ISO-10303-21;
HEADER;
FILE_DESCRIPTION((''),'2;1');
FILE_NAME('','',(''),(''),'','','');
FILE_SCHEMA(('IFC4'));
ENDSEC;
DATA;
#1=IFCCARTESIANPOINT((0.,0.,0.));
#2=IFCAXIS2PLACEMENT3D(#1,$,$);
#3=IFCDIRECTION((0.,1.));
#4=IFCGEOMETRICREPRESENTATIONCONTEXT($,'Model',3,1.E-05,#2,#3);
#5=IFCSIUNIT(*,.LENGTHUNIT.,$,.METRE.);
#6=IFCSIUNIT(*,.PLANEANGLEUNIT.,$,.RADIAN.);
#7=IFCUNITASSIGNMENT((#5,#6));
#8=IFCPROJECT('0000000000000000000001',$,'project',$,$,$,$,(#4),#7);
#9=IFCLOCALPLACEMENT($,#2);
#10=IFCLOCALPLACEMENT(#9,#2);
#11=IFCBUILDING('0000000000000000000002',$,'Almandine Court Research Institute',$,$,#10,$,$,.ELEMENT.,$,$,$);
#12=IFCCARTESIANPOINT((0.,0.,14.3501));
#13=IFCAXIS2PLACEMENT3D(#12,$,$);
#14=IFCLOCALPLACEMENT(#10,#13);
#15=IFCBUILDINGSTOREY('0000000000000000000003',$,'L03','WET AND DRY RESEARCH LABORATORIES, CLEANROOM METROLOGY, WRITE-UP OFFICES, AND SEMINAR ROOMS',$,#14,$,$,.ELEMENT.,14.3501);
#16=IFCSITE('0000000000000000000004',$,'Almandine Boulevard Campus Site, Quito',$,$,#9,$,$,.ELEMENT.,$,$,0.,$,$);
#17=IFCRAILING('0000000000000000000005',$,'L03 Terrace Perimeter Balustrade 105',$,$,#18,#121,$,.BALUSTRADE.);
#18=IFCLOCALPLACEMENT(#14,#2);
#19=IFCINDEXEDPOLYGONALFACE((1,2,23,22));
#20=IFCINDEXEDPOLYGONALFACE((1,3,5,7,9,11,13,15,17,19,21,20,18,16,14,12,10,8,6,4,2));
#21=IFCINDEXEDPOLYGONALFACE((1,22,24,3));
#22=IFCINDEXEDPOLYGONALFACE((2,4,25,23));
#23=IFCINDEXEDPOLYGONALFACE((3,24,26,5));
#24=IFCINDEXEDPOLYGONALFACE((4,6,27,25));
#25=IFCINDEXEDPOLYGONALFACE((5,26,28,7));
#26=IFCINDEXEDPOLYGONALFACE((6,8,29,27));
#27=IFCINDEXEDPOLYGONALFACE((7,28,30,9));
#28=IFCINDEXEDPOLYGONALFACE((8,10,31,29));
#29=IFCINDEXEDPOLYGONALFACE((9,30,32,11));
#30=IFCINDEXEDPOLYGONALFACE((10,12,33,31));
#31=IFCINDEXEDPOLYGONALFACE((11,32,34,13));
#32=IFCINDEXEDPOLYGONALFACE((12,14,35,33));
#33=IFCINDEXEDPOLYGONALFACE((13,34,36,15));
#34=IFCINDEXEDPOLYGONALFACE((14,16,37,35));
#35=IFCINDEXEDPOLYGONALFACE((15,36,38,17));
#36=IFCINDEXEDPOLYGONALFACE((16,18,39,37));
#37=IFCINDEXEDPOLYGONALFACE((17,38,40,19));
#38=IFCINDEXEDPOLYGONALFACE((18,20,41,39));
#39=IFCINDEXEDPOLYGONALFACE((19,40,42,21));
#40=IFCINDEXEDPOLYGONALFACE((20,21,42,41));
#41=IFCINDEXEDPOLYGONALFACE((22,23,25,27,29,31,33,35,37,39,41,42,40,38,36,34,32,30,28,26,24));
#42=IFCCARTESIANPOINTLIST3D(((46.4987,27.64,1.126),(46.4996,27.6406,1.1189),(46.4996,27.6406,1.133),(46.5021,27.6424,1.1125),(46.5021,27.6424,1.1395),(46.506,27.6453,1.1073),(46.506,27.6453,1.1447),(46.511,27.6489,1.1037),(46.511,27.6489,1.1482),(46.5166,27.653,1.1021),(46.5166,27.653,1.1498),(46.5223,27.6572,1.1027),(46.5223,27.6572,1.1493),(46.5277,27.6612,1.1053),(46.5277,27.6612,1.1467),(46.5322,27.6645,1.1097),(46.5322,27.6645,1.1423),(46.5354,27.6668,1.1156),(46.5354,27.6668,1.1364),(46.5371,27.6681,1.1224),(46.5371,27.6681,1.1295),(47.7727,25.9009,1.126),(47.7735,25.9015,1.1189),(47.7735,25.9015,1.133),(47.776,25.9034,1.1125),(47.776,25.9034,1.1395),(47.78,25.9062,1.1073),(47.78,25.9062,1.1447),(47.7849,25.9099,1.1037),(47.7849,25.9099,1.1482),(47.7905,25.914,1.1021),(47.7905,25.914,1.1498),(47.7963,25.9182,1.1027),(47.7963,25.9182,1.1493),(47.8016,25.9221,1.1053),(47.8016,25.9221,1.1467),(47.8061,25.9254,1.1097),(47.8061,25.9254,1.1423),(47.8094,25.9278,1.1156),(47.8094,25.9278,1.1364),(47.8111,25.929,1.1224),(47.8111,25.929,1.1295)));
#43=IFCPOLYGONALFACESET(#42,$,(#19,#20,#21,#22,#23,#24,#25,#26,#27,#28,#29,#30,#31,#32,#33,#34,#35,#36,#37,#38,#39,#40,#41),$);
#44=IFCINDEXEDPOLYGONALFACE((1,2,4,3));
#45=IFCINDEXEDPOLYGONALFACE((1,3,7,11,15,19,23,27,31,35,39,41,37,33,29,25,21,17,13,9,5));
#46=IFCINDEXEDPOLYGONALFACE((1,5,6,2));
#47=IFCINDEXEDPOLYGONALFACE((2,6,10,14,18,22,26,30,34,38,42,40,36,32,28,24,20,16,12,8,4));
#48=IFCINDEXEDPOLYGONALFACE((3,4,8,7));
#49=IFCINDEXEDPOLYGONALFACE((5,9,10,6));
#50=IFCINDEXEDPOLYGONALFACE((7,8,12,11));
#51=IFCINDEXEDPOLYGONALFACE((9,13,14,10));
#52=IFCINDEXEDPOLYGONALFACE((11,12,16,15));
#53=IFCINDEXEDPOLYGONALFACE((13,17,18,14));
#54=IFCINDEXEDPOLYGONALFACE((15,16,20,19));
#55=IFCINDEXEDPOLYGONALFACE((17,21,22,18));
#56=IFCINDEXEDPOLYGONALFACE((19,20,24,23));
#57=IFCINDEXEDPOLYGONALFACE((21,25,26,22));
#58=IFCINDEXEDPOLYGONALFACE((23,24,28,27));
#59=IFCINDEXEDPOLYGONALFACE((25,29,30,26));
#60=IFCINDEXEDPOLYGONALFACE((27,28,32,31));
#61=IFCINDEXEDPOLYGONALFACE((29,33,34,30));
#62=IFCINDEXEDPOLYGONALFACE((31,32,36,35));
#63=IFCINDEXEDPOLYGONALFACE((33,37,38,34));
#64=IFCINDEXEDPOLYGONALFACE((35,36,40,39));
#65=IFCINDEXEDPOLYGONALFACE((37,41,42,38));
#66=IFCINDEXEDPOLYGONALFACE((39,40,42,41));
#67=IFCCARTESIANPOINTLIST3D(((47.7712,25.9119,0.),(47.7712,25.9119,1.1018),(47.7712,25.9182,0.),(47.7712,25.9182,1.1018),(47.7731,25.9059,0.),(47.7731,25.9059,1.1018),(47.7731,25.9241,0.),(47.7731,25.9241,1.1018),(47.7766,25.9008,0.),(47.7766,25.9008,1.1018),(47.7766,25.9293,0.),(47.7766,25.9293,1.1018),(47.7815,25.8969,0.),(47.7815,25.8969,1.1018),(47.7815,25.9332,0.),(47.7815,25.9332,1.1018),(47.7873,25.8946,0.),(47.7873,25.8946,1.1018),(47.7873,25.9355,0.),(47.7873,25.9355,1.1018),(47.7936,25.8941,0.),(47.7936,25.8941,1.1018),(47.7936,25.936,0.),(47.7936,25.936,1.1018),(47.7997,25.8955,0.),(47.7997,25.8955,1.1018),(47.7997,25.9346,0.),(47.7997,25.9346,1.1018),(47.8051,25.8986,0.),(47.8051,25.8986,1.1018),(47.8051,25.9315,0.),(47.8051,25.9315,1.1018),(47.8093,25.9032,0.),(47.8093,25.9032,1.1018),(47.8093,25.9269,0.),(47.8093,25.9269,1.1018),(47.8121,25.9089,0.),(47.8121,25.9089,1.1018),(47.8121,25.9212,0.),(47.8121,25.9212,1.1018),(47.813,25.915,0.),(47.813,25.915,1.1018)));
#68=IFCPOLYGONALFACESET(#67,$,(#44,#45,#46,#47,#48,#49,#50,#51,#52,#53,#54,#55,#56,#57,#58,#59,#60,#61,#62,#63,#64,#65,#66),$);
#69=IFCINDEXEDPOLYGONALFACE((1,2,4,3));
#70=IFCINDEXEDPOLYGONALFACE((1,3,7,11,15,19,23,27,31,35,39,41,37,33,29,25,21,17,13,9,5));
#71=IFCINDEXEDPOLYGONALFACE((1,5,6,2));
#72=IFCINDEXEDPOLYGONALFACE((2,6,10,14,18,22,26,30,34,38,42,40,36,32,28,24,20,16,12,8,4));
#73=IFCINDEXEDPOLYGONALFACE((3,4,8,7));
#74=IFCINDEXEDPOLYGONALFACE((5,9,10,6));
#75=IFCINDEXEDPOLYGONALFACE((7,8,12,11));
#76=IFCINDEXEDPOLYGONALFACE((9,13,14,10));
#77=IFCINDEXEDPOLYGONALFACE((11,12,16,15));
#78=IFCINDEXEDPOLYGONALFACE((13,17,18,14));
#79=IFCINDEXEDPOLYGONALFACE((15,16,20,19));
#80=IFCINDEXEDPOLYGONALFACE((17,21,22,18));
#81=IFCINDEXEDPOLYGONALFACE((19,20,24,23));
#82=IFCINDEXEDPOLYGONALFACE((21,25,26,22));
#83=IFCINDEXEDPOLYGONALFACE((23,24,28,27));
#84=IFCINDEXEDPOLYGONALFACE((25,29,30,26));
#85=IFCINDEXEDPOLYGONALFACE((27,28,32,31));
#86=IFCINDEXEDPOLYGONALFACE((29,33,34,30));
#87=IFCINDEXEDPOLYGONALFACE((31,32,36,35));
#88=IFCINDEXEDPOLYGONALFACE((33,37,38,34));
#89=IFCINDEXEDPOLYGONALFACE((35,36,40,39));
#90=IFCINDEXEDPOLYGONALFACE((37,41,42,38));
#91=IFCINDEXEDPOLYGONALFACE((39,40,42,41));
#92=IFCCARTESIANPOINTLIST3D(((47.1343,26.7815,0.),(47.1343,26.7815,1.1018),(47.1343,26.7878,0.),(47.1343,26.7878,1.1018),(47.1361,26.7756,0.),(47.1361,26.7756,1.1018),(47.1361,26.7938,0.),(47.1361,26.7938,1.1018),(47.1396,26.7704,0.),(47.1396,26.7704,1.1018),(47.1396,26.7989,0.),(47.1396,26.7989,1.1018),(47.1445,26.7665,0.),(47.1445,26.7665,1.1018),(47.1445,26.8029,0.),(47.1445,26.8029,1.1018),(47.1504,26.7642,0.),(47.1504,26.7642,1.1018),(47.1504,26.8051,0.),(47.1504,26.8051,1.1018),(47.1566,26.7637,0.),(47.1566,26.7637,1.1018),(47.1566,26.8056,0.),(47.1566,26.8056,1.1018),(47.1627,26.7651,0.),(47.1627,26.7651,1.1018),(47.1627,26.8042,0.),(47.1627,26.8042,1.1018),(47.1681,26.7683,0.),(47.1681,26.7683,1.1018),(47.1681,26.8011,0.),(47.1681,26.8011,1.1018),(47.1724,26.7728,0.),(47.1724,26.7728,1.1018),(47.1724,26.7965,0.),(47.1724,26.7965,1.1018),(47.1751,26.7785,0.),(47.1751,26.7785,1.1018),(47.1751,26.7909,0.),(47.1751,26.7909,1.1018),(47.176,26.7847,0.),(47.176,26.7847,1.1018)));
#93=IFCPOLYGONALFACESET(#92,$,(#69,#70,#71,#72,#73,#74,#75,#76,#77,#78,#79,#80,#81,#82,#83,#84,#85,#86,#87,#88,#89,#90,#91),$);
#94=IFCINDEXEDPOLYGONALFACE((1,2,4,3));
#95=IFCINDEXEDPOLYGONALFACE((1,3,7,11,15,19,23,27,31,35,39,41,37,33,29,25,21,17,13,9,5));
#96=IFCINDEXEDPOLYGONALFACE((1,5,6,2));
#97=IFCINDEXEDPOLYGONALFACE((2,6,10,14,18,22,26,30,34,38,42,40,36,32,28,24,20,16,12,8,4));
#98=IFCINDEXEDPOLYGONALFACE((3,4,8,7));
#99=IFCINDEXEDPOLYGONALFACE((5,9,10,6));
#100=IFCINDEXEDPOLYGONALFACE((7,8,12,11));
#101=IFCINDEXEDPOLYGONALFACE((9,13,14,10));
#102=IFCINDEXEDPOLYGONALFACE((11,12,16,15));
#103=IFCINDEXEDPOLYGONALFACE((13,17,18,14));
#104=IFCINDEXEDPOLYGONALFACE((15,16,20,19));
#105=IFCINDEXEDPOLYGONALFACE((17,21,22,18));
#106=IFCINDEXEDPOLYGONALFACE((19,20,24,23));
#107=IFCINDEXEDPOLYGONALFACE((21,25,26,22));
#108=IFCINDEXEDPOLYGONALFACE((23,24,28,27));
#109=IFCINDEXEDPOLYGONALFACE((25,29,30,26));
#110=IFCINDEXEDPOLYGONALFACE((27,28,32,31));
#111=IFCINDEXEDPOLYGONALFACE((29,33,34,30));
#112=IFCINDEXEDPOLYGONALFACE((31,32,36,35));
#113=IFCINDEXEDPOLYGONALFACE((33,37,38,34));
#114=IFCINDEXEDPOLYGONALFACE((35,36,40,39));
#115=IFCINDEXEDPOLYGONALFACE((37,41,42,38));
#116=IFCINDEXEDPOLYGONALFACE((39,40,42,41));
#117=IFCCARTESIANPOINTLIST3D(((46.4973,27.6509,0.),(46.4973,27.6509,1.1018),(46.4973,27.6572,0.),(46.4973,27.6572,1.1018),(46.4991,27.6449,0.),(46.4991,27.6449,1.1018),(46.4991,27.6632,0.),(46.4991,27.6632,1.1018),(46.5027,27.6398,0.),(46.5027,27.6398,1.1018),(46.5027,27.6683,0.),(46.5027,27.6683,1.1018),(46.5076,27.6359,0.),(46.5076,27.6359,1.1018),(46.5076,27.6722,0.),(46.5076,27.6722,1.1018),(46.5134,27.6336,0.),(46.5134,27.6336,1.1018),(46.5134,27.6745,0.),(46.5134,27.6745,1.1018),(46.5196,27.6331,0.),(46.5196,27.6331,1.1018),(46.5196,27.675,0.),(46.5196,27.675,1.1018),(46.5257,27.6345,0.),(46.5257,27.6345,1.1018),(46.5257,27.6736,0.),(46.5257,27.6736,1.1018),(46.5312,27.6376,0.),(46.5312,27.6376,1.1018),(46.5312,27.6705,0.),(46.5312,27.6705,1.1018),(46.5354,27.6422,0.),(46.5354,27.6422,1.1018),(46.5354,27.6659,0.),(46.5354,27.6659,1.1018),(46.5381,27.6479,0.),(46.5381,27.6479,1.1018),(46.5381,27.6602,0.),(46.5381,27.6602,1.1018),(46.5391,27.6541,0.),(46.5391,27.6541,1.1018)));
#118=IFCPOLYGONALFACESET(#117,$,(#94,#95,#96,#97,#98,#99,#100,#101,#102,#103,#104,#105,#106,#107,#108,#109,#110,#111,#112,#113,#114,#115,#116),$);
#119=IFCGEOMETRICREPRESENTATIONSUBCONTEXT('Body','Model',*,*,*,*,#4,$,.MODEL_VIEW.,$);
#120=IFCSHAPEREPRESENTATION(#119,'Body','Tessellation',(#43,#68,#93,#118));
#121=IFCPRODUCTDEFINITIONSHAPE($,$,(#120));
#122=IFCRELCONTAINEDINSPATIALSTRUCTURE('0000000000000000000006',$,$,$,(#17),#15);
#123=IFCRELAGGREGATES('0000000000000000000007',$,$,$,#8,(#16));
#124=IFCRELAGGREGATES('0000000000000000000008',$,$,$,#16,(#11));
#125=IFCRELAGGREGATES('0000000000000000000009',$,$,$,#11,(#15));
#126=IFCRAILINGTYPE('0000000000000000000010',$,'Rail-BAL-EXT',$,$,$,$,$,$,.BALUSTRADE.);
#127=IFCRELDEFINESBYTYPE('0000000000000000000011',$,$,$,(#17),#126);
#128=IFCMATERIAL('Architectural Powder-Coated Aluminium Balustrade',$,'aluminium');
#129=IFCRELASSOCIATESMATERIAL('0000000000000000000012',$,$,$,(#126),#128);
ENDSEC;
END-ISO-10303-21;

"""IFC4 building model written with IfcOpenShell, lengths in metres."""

from ifc_helpers import new_model, si_unit, direction, frame, origin, origin_2d, place, context, subcontext, project, spatial, circle, extrude, material, type_object, element, save


model = new_model("IFC4")

# Units and contexts
model_context = context("Model", 3, precision=1e-05, world=origin(), true_north=direction((0.0, 1.0)))
body_context = subcontext(model_context, "Body", "Model", "MODEL_VIEW")
ifc_project = project(units=[si_unit("LENGTHUNIT", "METRE"), si_unit("PLANEANGLEUNIT", "RADIAN")], contexts=[model_context])

# Site, building, storey
site_placement = place(None, origin())
site = spatial("IfcSite", under=ifc_project, at=site_placement, Name="Almandine Boulevard Campus Site, Quito", CompositionType="ELEMENT", RefElevation=0.0)
building_placement = place(site_placement, origin())
building = spatial("IfcBuilding", under=site, at=building_placement, Name="Almandine Court Research Institute", CompositionType="ELEMENT")
storey_placement = place(building_placement, frame((0.0, 0.0, 14.3501)))
storey = spatial("IfcBuildingStorey", under=building, at=storey_placement, Name="L03", Description="WET AND DRY RESEARCH LABORATORIES, CLEANROOM METROLOGY, WRITE-UP OFFICES, AND SEMINAR ROOMS", CompositionType="ELEMENT", Elevation=14.3501)

# Railing
ifc_material_1 = material(Name="Architectural Powder-Coated Aluminium Balustrade", Category="aluminium")
railing_type = type_object("IfcRailingType", Name="Rail-BAL-EXT", PredefinedType="BALUSTRADE", material=ifc_material_1)
railing_1_placement = place(storey_placement, frame((47.792, 25.915, 0.0)))
element("IfcRailing", 1, at=railing_1_placement, inside=storey, type_object=railing_type, Name="L03 Terrace Perimeter Balustrade 105", PredefinedType="BALUSTRADE", context=body_context, shape_type="SweptSolid", body=[
    extrude(circle(Radius=0.0239, at=origin_2d()), frame((0.0, 0.0, 1.126), z_axis=(-0.590956, 0.806704, 0.0), x_axis=(-0.806704, -0.590956, 0.0)), (0.0, 0.0, 1.0), 2.1558),
    extrude(circle(Radius=0.021, at=origin_2d()), origin(), (0.0, 0.0, 1.0), 1.1018),
    extrude(circle(Radius=0.021, at=origin_2d()), frame((-0.637, 0.8696, 0.0)), (0.0, 0.0, 1.0), 1.1018),
    extrude(circle(Radius=0.021, at=origin_2d()), frame((-1.2739, 1.739, 0.0)), (0.0, 0.0, 1.0), 1.1018),
])

save(model, "model.ifc")
